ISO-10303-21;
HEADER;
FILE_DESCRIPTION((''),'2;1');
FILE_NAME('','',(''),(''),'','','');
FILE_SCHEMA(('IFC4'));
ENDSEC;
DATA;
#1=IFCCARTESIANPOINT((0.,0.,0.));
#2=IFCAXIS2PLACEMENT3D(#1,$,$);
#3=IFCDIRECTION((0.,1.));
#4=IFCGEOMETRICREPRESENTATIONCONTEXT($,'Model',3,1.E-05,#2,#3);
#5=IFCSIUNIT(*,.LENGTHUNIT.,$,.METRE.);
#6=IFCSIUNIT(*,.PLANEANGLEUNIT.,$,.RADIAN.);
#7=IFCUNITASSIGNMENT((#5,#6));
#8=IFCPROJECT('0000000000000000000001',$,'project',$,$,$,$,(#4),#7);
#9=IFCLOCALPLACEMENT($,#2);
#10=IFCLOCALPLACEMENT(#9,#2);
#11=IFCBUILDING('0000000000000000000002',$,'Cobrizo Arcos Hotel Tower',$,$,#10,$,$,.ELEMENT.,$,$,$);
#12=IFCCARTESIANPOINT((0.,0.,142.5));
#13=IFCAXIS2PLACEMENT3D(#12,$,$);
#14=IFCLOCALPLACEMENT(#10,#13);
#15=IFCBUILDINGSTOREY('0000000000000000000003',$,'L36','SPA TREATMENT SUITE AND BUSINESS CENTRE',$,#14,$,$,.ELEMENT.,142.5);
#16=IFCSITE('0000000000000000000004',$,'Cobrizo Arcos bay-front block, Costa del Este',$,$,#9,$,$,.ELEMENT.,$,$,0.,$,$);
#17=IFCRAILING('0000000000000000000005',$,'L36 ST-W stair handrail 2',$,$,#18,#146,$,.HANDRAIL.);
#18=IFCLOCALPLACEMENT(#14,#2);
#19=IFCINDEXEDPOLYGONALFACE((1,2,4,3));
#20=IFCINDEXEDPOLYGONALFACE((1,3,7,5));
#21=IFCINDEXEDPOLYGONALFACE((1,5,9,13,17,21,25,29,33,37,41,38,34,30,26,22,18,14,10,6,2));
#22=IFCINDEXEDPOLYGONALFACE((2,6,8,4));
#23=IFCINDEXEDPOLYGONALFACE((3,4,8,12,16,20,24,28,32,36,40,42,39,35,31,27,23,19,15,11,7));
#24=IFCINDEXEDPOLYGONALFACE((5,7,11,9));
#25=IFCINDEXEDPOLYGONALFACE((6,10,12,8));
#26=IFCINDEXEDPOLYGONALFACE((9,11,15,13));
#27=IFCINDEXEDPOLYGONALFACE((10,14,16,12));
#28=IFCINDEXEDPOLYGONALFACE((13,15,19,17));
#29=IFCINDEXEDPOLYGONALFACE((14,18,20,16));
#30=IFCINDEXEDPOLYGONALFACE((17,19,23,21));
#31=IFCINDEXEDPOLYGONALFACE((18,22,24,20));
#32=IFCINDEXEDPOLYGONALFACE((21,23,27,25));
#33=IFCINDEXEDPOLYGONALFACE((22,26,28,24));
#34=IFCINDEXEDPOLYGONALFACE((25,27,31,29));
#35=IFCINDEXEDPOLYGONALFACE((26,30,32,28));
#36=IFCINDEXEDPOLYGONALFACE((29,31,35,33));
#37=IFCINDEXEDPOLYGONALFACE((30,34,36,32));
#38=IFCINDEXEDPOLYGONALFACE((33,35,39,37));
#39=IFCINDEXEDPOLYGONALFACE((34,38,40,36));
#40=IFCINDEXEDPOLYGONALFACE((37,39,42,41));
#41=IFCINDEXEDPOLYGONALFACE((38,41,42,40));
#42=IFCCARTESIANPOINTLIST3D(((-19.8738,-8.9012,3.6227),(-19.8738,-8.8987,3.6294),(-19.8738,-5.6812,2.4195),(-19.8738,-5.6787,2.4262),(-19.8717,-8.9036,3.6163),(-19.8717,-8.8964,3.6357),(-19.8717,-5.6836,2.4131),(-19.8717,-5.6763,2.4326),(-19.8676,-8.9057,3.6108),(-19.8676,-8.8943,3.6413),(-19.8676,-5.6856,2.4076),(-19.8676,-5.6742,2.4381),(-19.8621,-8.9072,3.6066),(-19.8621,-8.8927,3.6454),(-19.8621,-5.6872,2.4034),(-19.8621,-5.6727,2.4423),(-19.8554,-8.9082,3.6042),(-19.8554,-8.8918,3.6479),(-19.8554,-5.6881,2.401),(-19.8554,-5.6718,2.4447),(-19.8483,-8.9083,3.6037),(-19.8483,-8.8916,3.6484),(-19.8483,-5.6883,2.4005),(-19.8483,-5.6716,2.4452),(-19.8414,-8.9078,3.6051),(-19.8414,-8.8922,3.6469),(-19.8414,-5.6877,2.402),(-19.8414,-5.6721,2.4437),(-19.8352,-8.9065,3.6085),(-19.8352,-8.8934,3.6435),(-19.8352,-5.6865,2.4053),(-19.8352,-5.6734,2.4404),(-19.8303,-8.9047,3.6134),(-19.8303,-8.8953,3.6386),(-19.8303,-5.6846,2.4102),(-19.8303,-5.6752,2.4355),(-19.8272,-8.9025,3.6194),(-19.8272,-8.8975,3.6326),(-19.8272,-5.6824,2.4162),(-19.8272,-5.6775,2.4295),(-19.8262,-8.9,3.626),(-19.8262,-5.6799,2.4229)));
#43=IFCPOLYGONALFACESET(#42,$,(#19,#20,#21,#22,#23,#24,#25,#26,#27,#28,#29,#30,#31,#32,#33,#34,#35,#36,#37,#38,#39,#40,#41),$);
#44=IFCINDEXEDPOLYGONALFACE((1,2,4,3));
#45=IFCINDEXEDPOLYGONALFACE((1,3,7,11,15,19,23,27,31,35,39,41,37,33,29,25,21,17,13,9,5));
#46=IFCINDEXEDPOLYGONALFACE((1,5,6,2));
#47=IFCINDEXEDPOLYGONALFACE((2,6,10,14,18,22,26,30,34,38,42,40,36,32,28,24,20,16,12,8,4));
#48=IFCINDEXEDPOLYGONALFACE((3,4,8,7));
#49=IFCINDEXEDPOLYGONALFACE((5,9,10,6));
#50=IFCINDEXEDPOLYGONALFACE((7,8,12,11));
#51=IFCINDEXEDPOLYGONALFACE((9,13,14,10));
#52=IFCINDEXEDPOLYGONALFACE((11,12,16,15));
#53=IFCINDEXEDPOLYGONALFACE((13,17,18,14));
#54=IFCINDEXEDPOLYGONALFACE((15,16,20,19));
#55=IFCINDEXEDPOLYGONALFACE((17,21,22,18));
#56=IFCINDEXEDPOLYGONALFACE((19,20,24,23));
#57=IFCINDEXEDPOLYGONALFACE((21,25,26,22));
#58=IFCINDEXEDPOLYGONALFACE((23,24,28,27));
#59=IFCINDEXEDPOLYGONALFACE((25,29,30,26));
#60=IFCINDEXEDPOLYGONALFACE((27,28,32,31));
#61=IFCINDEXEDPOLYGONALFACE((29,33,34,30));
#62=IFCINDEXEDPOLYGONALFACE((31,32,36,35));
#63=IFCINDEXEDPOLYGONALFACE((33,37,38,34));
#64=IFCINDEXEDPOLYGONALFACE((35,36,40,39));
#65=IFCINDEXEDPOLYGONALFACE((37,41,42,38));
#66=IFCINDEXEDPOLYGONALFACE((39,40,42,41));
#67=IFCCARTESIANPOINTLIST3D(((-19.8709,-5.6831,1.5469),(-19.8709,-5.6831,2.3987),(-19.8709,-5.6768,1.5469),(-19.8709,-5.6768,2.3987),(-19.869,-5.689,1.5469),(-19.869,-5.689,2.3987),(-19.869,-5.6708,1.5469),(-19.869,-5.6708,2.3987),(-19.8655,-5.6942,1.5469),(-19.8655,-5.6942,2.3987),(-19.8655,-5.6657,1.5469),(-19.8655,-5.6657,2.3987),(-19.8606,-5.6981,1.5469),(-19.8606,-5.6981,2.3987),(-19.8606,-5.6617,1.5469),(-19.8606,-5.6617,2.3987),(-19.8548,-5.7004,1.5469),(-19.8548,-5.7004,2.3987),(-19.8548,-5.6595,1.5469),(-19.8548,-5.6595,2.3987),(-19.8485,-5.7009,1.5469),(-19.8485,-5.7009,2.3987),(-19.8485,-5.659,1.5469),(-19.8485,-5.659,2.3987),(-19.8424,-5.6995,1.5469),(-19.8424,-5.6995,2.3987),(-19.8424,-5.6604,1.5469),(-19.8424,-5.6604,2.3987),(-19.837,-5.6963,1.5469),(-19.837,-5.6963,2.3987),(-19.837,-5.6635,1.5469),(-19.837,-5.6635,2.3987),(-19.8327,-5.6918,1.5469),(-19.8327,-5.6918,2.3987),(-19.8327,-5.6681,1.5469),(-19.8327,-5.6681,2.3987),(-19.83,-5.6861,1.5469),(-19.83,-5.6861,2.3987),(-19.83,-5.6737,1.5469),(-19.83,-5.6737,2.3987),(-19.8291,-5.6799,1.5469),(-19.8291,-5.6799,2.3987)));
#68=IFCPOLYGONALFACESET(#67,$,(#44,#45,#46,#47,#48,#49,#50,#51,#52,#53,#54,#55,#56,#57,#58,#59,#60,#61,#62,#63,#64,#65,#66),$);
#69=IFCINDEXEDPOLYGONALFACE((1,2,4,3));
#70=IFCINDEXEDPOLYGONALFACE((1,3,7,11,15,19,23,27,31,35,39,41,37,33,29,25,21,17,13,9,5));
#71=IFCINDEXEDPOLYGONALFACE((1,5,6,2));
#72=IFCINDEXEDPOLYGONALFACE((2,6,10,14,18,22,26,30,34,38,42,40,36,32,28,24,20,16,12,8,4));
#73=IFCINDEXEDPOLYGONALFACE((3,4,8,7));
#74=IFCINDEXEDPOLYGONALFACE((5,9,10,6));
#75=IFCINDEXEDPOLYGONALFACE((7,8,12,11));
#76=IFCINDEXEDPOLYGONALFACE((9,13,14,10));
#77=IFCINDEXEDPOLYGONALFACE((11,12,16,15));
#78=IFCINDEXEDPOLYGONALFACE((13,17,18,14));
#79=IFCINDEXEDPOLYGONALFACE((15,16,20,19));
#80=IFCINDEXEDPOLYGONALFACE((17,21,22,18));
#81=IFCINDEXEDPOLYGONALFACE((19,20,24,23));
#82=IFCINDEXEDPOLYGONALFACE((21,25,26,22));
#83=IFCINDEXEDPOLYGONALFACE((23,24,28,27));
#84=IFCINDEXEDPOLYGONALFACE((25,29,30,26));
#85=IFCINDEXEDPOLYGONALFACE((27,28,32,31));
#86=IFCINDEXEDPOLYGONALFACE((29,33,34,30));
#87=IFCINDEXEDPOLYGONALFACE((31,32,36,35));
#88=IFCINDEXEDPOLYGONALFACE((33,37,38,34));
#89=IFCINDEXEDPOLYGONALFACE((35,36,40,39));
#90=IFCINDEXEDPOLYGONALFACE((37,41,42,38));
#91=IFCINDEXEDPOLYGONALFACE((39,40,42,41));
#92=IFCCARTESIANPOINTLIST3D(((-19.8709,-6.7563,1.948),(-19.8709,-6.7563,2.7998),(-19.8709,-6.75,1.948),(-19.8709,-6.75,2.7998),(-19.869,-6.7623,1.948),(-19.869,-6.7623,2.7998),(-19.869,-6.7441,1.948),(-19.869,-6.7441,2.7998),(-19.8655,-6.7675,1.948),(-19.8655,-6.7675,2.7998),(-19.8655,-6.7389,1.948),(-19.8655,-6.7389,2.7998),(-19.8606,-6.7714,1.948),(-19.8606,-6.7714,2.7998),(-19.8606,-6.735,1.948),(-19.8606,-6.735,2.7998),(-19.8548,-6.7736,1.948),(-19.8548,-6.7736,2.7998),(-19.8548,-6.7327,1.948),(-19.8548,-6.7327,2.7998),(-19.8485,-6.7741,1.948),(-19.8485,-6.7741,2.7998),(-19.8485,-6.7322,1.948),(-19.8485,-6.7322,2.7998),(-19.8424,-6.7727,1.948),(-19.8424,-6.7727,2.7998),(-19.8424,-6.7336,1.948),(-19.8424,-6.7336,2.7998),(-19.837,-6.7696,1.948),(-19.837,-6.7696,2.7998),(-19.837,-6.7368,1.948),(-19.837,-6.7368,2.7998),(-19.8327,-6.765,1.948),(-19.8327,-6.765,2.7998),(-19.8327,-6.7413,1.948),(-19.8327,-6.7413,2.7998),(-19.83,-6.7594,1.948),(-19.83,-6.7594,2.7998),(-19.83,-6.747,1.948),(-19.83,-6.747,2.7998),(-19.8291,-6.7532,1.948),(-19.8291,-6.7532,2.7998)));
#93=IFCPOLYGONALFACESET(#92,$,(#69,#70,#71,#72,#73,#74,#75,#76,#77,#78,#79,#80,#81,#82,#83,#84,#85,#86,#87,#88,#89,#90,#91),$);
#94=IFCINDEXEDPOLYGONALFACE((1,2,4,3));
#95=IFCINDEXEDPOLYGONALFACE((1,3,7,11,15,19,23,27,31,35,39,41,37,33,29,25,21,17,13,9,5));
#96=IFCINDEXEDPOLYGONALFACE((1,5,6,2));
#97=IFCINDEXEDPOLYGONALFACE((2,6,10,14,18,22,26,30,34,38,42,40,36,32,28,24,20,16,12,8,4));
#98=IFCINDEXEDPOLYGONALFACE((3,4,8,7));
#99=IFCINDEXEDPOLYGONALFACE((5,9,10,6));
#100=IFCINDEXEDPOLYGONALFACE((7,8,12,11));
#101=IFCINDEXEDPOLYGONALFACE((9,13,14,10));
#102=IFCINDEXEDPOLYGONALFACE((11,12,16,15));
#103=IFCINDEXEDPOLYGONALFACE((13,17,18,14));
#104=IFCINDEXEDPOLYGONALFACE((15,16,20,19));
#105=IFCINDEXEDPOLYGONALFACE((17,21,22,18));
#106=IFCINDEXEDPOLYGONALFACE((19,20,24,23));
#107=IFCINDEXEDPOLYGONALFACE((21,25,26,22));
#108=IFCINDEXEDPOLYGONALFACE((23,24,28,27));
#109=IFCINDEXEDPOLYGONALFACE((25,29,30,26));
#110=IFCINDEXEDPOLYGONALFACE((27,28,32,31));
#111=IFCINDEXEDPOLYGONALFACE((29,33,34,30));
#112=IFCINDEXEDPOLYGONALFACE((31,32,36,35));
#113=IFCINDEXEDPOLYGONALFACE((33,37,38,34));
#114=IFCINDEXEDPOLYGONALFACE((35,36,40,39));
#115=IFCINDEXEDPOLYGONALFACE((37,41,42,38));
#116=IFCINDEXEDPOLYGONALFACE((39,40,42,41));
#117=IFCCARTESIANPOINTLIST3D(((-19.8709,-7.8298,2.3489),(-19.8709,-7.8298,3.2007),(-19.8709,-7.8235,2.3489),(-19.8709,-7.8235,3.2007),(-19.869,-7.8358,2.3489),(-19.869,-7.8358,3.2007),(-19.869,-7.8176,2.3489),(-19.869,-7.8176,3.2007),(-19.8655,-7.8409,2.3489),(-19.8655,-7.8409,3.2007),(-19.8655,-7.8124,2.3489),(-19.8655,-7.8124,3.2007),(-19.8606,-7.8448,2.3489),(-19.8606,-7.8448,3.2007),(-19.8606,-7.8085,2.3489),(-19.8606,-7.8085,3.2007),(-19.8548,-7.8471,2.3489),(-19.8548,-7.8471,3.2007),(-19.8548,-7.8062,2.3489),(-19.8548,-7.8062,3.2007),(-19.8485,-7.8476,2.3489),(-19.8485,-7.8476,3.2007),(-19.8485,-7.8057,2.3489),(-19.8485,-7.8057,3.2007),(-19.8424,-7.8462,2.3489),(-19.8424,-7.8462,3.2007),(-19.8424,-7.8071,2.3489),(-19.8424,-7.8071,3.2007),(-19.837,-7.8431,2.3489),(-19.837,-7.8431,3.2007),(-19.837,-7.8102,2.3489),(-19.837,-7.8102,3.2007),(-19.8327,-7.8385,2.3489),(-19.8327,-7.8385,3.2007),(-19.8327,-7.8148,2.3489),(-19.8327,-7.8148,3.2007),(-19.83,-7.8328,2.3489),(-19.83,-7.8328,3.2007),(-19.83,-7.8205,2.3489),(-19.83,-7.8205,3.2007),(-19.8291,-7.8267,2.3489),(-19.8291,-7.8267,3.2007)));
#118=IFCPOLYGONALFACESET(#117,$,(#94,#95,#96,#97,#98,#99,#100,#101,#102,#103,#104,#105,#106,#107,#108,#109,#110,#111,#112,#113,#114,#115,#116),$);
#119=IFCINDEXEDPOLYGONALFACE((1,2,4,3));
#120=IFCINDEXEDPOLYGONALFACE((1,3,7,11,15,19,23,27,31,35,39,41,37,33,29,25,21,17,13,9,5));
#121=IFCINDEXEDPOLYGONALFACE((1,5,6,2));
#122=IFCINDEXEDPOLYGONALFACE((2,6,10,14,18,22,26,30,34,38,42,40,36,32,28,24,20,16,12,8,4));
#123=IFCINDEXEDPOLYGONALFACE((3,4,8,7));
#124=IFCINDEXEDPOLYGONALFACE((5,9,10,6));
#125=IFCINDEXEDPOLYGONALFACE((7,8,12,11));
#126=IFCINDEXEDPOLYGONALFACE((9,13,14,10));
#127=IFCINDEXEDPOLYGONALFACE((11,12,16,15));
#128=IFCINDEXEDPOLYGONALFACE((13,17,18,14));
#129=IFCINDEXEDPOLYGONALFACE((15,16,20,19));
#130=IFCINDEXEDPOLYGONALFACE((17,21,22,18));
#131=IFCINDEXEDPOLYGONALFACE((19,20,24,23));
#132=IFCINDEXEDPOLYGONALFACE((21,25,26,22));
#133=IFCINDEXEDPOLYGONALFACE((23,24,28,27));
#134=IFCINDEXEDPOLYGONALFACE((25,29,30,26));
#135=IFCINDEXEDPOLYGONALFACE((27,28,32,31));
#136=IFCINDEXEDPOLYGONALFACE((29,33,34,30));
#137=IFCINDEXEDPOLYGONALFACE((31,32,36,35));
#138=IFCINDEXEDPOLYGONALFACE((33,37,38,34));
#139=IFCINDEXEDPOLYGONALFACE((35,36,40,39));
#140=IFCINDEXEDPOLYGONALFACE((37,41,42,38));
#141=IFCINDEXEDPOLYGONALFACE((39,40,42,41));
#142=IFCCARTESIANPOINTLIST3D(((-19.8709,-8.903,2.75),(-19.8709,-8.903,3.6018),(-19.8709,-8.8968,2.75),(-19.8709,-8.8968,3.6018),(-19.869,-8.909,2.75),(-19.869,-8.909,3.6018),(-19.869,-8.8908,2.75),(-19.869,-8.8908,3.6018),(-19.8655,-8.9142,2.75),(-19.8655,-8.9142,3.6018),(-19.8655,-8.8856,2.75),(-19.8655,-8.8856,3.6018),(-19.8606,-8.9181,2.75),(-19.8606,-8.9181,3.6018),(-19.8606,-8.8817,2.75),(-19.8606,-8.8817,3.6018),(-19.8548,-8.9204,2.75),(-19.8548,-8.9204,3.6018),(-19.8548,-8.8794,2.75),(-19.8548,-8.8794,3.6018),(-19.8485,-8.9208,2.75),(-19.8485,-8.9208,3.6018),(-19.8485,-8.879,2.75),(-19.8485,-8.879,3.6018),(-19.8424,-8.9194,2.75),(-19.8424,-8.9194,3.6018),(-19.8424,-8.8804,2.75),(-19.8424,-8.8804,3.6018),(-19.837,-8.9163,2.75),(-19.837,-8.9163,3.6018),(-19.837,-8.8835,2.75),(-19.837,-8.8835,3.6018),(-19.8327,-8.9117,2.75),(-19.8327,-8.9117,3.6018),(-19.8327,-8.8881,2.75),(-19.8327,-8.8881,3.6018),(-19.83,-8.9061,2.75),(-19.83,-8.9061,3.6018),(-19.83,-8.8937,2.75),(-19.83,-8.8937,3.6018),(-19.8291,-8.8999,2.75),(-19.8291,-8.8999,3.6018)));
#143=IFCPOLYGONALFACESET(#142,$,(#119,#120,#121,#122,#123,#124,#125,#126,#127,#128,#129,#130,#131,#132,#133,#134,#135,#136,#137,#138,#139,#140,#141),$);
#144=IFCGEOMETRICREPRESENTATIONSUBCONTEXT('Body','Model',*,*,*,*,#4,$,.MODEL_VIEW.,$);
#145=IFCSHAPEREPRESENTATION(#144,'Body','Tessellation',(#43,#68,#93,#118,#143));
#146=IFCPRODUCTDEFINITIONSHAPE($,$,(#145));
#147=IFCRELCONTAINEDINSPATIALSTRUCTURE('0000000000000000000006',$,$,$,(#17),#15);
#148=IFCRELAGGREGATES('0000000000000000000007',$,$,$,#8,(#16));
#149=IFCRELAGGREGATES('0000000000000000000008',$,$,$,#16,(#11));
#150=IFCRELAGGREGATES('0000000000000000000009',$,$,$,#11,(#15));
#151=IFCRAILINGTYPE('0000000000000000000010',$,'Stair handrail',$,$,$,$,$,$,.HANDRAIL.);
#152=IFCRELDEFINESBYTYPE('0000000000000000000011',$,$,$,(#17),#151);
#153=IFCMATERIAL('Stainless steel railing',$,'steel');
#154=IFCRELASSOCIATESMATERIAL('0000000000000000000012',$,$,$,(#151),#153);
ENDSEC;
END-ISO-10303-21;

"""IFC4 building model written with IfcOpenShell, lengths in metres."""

from ifc_helpers import new_model, si_unit, direction, frame, origin, origin_2d, place, context, subcontext, project, spatial, circle, extrude, material, type_object, element, save


model = new_model("IFC4")

# Units and contexts
model_context = context("Model", 3, precision=1e-05, world=origin(), true_north=direction((0.0, 1.0)))
body_context = subcontext(model_context, "Body", "Model", "MODEL_VIEW")
ifc_project = project(units=[si_unit("LENGTHUNIT", "METRE"), si_unit("PLANEANGLEUNIT", "RADIAN")], contexts=[model_context])

# Site, building, storey
site_placement = place(None, origin())
site = spatial("IfcSite", under=ifc_project, at=site_placement, Name="Cobrizo Arcos bay-front block, Costa del Este", CompositionType="ELEMENT", RefElevation=0.0)
building_placement = place(site_placement, origin())
building = spatial("IfcBuilding", under=site, at=building_placement, Name="Cobrizo Arcos Hotel Tower", CompositionType="ELEMENT")
storey_placement = place(building_placement, frame((0.0, 0.0, 142.5)))
storey = spatial("IfcBuildingStorey", under=building, at=storey_placement, Name="L36", Description="SPA TREATMENT SUITE AND BUSINESS CENTRE", CompositionType="ELEMENT", Elevation=142.5)

# Railing
ifc_material_1 = material(Name="Stainless steel railing", Category="steel")
railing_type_1 = type_object("IfcRailingType", Name="Stair handrail", PredefinedType="HANDRAIL", material=ifc_material_1)
railing_1_placement = place(storey_placement, frame((-19.8501, -5.6799, 1.5469)))
element("IfcRailing", 1, at=railing_1_placement, inside=storey, type_object=railing_type_1, Name="L36 ST-W stair handrail 2", PredefinedType="HANDRAIL", context=body_context, shape_type="SweptSolid", body=[
    extrude(circle(Radius=0.0239, at=origin_2d()), frame((0.0, 0.0, 0.876), z_axis=(0.0, -0.936746, 0.35001), x_axis=(1.0, 0.0, 0.0)), (0.0, 0.0, 1.0), 3.4375),
    extrude(circle(Radius=0.021, at=origin_2d()), origin(), (0.0, 0.0, 1.0), 0.8518),
    extrude(circle(Radius=0.021, at=origin_2d()), frame((0.0, -1.0732, 0.4011)), (0.0, 0.0, 1.0), 0.8518),
    extrude(circle(Radius=0.021, at=origin_2d()), frame((0.0, -2.1467, 0.802)), (0.0, 0.0, 1.0), 0.8518),
    extrude(circle(Radius=0.021, at=origin_2d()), frame((0.0, -3.22, 1.2031)), (0.0, 0.0, 1.0), 0.8518),
])

save(model, "model.ifc")
